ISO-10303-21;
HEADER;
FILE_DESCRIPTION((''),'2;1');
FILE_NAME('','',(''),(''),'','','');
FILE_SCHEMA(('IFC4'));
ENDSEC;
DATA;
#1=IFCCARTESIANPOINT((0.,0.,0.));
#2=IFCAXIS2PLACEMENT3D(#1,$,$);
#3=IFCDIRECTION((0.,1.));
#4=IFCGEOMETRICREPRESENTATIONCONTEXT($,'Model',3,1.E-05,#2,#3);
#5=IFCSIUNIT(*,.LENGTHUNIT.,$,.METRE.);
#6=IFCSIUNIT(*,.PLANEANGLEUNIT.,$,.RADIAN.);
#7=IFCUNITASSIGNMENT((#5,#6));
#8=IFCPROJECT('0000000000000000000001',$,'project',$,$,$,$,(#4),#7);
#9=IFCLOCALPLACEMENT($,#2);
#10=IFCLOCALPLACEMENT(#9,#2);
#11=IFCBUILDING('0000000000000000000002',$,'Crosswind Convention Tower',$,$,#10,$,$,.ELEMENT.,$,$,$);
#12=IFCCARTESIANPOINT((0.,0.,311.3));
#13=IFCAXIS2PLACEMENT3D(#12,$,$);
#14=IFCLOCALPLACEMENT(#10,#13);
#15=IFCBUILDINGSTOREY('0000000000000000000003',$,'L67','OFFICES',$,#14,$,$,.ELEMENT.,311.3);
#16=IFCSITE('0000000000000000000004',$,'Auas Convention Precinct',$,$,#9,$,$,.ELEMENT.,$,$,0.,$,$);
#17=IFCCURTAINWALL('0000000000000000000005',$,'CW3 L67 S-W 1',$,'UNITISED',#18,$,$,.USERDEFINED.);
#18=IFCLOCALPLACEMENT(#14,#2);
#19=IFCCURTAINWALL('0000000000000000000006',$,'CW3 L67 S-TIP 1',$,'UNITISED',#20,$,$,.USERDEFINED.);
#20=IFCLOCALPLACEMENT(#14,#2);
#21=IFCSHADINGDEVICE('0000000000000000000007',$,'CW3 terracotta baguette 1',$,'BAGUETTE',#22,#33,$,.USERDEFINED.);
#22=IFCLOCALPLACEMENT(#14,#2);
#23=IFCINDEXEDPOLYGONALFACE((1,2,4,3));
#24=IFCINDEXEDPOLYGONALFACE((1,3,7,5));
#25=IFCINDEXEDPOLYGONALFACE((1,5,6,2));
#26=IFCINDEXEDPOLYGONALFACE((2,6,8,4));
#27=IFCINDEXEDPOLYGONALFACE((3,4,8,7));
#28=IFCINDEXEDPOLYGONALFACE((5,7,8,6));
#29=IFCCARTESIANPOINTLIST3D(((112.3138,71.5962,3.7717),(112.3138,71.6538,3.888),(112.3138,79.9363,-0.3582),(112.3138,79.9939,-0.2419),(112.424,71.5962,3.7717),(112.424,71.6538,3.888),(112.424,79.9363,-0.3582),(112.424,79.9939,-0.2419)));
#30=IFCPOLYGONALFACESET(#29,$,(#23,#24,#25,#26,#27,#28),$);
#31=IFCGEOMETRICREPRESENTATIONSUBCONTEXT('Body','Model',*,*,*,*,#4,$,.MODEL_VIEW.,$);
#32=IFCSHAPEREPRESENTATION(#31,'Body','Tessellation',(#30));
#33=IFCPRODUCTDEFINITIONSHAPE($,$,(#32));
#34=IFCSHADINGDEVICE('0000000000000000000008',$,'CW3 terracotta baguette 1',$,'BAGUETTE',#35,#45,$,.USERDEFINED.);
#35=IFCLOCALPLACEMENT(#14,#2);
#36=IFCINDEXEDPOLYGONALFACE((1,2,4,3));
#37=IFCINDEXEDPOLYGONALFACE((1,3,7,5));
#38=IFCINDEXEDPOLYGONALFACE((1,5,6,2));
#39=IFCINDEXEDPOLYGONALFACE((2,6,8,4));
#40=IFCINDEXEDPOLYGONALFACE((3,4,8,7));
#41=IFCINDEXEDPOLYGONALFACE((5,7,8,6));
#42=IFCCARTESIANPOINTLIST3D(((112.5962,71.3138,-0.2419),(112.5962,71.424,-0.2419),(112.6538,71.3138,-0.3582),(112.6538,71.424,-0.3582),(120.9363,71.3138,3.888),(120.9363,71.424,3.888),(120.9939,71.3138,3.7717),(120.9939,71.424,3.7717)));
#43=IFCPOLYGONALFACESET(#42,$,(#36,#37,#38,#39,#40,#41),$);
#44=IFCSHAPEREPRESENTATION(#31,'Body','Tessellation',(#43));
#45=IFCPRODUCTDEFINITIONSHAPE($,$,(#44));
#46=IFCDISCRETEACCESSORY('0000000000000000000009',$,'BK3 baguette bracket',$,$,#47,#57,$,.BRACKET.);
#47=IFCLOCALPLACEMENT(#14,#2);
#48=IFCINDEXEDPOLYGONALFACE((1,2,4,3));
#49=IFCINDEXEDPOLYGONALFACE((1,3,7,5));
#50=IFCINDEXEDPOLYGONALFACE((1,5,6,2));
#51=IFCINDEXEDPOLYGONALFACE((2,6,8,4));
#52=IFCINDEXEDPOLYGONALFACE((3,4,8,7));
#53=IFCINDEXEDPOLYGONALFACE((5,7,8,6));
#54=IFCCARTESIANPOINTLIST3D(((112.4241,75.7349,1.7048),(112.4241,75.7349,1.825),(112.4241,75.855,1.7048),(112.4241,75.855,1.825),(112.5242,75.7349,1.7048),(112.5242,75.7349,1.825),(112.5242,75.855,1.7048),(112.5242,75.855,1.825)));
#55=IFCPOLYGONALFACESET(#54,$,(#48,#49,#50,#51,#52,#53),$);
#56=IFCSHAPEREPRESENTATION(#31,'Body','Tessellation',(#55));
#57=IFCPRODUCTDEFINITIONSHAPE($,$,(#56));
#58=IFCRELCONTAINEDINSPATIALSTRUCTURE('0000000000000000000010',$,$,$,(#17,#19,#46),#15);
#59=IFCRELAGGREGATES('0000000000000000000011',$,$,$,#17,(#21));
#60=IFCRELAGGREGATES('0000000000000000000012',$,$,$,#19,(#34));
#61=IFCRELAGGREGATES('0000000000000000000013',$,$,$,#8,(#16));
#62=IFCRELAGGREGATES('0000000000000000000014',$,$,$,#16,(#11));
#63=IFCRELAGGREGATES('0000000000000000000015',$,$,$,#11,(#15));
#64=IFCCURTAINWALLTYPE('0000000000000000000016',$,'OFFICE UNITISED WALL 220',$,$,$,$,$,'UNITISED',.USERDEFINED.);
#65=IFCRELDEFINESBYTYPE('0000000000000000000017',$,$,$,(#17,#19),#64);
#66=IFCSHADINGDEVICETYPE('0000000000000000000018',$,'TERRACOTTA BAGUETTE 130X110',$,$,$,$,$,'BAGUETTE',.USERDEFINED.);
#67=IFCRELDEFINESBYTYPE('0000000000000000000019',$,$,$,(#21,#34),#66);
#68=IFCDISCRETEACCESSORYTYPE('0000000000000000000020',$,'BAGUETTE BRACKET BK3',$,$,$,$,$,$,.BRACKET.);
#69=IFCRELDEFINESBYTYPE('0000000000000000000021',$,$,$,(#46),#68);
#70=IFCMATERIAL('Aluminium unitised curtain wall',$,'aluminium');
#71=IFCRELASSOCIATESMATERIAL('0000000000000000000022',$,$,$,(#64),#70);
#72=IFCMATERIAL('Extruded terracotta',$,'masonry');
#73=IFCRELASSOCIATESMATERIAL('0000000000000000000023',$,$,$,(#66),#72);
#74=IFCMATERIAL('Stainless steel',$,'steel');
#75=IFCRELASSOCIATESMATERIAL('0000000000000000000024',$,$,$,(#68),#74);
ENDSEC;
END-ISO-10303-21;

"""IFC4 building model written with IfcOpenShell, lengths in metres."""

from ifc_helpers import new_model, si_unit, direction, frame, origin, origin_2d, place, context, subcontext, project, spatial, rectangle, extrude, material, material_profile, profile_set, type_object, element, aggregate, save


model = new_model("IFC4")

# Units and contexts
model_context = context("Model", 3, precision=1e-05, world=origin(), true_north=direction((0.0, 1.0)))
body_context = subcontext(model_context, "Body", "Model", "MODEL_VIEW")
ifc_project = project(units=[si_unit("LENGTHUNIT", "METRE"), si_unit("PLANEANGLEUNIT", "RADIAN")], contexts=[model_context])

# Site, building, storey
site_placement = place(None, origin())
site = spatial("IfcSite", under=ifc_project, at=site_placement, Name="Auas Convention Precinct", CompositionType="ELEMENT", RefElevation=0.0)
building_placement = place(site_placement, origin())
building = spatial("IfcBuilding", under=site, at=building_placement, Name="Crosswind Convention Tower", CompositionType="ELEMENT")
storey_placement = place(building_placement, frame((0.0, 0.0, 311.3)))
storey = spatial("IfcBuildingStorey", under=building, at=storey_placement, Name="L67", Description="OFFICES", CompositionType="ELEMENT", Elevation=311.3)

# Curtain wall
ifc_material_1 = material(Name="Aluminium unitised curtain wall", Category="aluminium")
curtain_wall_type = type_object("IfcCurtainWallType", Name="OFFICE UNITISED WALL 220", ElementType="UNITISED", PredefinedType="USERDEFINED", material=ifc_material_1)
curtain_wall_1_placement = place(storey_placement, origin())
curtain_wall_1 = element("IfcCurtainWall", 1, at=curtain_wall_1_placement, inside=storey, type_object=curtain_wall_type, Name="CW3 L67 S-W 1", ObjectType="UNITISED", PredefinedType="USERDEFINED")

# Curtain wall
curtain_wall_2_placement = place(storey_placement, origin())
curtain_wall_2 = element("IfcCurtainWall", 2, at=curtain_wall_2_placement, inside=storey, type_object=curtain_wall_type, Name="CW3 L67 S-TIP 1", ObjectType="UNITISED", PredefinedType="USERDEFINED")

# Shared definitions
ifc_material_2 = material(Name="Stainless steel", Category="steel")

# Shading devices
ifc_material_3 = material(Name="Extruded terracotta", Category="masonry")
ifc_material_profile_1 = material_profile(ifc_material_3, rectangle(XDim=0.1101, YDim=0.1299, at=origin_2d()), Name="TC 110X130")
ifc_profile_set_1 = profile_set([ifc_material_profile_1], Name="Extruded terracotta")
shading_device_type = type_object("IfcShadingDeviceType", Name="TERRACOTTA BAGUETTE 130X110", ElementType="BAGUETTE", PredefinedType="USERDEFINED", material=ifc_profile_set_1)
shading_device_1_placement = place(storey_placement, frame((112.3689, 79.9651, -0.3), z_axis=(0.0, -0.896147, 0.443758), x_axis=(1.0, 0.0, 0.0)))
shading_device_1 = element("IfcShadingDevice", 3, at=shading_device_1_placement, type_object=shading_device_type, Name="CW3 terracotta baguette 1", ObjectType="BAGUETTE", PredefinedType="USERDEFINED", context=body_context, shape_type="SweptSolid", body=[
    extrude(rectangle(XDim=0.1101, YDim=0.1299, at=origin_2d()), origin(), (0.0, 0.0, 1.0), 9.3066),
])
aggregate(curtain_wall_1, [shading_device_1])
shading_device_2_placement = place(storey_placement, frame((112.625, 71.3689, -0.3), z_axis=(0.896147, 0.0, 0.443758), x_axis=(0.0, 1.0, 0.0)))
shading_device_2 = element("IfcShadingDevice", 4, at=shading_device_2_placement, type_object=shading_device_type, Name="CW3 terracotta baguette 1", ObjectType="BAGUETTE", PredefinedType="USERDEFINED", context=body_context, shape_type="SweptSolid", body=[
    extrude(rectangle(XDim=0.1101, YDim=0.1299, at=origin_2d()), origin(), (0.0, 0.0, 1.0), 9.3066),
])
aggregate(curtain_wall_2, [shading_device_2])

# Discrete accessory
discrete_accessory_type = type_object("IfcDiscreteAccessoryType", Name="BAGUETTE BRACKET BK3", PredefinedType="BRACKET", material=ifc_material_2)
discrete_accessory_placement = place(storey_placement, frame((112.4741, 75.7949, 1.7048), z_axis=(0.0, 0.0, 1.0), x_axis=(0.0, -1.0, 0.0)))
element("IfcDiscreteAccessory", 5, at=discrete_accessory_placement, inside=storey, type_object=discrete_accessory_type, Name="BK3 baguette bracket", PredefinedType="BRACKET", context=body_context, shape_type="SweptSolid", body=[
    extrude(rectangle(XDim=0.1201, YDim=0.1001, at=origin_2d()), origin(), (0.0, 0.0, 1.0), 0.1201),
])

save(model, "model.ifc")
